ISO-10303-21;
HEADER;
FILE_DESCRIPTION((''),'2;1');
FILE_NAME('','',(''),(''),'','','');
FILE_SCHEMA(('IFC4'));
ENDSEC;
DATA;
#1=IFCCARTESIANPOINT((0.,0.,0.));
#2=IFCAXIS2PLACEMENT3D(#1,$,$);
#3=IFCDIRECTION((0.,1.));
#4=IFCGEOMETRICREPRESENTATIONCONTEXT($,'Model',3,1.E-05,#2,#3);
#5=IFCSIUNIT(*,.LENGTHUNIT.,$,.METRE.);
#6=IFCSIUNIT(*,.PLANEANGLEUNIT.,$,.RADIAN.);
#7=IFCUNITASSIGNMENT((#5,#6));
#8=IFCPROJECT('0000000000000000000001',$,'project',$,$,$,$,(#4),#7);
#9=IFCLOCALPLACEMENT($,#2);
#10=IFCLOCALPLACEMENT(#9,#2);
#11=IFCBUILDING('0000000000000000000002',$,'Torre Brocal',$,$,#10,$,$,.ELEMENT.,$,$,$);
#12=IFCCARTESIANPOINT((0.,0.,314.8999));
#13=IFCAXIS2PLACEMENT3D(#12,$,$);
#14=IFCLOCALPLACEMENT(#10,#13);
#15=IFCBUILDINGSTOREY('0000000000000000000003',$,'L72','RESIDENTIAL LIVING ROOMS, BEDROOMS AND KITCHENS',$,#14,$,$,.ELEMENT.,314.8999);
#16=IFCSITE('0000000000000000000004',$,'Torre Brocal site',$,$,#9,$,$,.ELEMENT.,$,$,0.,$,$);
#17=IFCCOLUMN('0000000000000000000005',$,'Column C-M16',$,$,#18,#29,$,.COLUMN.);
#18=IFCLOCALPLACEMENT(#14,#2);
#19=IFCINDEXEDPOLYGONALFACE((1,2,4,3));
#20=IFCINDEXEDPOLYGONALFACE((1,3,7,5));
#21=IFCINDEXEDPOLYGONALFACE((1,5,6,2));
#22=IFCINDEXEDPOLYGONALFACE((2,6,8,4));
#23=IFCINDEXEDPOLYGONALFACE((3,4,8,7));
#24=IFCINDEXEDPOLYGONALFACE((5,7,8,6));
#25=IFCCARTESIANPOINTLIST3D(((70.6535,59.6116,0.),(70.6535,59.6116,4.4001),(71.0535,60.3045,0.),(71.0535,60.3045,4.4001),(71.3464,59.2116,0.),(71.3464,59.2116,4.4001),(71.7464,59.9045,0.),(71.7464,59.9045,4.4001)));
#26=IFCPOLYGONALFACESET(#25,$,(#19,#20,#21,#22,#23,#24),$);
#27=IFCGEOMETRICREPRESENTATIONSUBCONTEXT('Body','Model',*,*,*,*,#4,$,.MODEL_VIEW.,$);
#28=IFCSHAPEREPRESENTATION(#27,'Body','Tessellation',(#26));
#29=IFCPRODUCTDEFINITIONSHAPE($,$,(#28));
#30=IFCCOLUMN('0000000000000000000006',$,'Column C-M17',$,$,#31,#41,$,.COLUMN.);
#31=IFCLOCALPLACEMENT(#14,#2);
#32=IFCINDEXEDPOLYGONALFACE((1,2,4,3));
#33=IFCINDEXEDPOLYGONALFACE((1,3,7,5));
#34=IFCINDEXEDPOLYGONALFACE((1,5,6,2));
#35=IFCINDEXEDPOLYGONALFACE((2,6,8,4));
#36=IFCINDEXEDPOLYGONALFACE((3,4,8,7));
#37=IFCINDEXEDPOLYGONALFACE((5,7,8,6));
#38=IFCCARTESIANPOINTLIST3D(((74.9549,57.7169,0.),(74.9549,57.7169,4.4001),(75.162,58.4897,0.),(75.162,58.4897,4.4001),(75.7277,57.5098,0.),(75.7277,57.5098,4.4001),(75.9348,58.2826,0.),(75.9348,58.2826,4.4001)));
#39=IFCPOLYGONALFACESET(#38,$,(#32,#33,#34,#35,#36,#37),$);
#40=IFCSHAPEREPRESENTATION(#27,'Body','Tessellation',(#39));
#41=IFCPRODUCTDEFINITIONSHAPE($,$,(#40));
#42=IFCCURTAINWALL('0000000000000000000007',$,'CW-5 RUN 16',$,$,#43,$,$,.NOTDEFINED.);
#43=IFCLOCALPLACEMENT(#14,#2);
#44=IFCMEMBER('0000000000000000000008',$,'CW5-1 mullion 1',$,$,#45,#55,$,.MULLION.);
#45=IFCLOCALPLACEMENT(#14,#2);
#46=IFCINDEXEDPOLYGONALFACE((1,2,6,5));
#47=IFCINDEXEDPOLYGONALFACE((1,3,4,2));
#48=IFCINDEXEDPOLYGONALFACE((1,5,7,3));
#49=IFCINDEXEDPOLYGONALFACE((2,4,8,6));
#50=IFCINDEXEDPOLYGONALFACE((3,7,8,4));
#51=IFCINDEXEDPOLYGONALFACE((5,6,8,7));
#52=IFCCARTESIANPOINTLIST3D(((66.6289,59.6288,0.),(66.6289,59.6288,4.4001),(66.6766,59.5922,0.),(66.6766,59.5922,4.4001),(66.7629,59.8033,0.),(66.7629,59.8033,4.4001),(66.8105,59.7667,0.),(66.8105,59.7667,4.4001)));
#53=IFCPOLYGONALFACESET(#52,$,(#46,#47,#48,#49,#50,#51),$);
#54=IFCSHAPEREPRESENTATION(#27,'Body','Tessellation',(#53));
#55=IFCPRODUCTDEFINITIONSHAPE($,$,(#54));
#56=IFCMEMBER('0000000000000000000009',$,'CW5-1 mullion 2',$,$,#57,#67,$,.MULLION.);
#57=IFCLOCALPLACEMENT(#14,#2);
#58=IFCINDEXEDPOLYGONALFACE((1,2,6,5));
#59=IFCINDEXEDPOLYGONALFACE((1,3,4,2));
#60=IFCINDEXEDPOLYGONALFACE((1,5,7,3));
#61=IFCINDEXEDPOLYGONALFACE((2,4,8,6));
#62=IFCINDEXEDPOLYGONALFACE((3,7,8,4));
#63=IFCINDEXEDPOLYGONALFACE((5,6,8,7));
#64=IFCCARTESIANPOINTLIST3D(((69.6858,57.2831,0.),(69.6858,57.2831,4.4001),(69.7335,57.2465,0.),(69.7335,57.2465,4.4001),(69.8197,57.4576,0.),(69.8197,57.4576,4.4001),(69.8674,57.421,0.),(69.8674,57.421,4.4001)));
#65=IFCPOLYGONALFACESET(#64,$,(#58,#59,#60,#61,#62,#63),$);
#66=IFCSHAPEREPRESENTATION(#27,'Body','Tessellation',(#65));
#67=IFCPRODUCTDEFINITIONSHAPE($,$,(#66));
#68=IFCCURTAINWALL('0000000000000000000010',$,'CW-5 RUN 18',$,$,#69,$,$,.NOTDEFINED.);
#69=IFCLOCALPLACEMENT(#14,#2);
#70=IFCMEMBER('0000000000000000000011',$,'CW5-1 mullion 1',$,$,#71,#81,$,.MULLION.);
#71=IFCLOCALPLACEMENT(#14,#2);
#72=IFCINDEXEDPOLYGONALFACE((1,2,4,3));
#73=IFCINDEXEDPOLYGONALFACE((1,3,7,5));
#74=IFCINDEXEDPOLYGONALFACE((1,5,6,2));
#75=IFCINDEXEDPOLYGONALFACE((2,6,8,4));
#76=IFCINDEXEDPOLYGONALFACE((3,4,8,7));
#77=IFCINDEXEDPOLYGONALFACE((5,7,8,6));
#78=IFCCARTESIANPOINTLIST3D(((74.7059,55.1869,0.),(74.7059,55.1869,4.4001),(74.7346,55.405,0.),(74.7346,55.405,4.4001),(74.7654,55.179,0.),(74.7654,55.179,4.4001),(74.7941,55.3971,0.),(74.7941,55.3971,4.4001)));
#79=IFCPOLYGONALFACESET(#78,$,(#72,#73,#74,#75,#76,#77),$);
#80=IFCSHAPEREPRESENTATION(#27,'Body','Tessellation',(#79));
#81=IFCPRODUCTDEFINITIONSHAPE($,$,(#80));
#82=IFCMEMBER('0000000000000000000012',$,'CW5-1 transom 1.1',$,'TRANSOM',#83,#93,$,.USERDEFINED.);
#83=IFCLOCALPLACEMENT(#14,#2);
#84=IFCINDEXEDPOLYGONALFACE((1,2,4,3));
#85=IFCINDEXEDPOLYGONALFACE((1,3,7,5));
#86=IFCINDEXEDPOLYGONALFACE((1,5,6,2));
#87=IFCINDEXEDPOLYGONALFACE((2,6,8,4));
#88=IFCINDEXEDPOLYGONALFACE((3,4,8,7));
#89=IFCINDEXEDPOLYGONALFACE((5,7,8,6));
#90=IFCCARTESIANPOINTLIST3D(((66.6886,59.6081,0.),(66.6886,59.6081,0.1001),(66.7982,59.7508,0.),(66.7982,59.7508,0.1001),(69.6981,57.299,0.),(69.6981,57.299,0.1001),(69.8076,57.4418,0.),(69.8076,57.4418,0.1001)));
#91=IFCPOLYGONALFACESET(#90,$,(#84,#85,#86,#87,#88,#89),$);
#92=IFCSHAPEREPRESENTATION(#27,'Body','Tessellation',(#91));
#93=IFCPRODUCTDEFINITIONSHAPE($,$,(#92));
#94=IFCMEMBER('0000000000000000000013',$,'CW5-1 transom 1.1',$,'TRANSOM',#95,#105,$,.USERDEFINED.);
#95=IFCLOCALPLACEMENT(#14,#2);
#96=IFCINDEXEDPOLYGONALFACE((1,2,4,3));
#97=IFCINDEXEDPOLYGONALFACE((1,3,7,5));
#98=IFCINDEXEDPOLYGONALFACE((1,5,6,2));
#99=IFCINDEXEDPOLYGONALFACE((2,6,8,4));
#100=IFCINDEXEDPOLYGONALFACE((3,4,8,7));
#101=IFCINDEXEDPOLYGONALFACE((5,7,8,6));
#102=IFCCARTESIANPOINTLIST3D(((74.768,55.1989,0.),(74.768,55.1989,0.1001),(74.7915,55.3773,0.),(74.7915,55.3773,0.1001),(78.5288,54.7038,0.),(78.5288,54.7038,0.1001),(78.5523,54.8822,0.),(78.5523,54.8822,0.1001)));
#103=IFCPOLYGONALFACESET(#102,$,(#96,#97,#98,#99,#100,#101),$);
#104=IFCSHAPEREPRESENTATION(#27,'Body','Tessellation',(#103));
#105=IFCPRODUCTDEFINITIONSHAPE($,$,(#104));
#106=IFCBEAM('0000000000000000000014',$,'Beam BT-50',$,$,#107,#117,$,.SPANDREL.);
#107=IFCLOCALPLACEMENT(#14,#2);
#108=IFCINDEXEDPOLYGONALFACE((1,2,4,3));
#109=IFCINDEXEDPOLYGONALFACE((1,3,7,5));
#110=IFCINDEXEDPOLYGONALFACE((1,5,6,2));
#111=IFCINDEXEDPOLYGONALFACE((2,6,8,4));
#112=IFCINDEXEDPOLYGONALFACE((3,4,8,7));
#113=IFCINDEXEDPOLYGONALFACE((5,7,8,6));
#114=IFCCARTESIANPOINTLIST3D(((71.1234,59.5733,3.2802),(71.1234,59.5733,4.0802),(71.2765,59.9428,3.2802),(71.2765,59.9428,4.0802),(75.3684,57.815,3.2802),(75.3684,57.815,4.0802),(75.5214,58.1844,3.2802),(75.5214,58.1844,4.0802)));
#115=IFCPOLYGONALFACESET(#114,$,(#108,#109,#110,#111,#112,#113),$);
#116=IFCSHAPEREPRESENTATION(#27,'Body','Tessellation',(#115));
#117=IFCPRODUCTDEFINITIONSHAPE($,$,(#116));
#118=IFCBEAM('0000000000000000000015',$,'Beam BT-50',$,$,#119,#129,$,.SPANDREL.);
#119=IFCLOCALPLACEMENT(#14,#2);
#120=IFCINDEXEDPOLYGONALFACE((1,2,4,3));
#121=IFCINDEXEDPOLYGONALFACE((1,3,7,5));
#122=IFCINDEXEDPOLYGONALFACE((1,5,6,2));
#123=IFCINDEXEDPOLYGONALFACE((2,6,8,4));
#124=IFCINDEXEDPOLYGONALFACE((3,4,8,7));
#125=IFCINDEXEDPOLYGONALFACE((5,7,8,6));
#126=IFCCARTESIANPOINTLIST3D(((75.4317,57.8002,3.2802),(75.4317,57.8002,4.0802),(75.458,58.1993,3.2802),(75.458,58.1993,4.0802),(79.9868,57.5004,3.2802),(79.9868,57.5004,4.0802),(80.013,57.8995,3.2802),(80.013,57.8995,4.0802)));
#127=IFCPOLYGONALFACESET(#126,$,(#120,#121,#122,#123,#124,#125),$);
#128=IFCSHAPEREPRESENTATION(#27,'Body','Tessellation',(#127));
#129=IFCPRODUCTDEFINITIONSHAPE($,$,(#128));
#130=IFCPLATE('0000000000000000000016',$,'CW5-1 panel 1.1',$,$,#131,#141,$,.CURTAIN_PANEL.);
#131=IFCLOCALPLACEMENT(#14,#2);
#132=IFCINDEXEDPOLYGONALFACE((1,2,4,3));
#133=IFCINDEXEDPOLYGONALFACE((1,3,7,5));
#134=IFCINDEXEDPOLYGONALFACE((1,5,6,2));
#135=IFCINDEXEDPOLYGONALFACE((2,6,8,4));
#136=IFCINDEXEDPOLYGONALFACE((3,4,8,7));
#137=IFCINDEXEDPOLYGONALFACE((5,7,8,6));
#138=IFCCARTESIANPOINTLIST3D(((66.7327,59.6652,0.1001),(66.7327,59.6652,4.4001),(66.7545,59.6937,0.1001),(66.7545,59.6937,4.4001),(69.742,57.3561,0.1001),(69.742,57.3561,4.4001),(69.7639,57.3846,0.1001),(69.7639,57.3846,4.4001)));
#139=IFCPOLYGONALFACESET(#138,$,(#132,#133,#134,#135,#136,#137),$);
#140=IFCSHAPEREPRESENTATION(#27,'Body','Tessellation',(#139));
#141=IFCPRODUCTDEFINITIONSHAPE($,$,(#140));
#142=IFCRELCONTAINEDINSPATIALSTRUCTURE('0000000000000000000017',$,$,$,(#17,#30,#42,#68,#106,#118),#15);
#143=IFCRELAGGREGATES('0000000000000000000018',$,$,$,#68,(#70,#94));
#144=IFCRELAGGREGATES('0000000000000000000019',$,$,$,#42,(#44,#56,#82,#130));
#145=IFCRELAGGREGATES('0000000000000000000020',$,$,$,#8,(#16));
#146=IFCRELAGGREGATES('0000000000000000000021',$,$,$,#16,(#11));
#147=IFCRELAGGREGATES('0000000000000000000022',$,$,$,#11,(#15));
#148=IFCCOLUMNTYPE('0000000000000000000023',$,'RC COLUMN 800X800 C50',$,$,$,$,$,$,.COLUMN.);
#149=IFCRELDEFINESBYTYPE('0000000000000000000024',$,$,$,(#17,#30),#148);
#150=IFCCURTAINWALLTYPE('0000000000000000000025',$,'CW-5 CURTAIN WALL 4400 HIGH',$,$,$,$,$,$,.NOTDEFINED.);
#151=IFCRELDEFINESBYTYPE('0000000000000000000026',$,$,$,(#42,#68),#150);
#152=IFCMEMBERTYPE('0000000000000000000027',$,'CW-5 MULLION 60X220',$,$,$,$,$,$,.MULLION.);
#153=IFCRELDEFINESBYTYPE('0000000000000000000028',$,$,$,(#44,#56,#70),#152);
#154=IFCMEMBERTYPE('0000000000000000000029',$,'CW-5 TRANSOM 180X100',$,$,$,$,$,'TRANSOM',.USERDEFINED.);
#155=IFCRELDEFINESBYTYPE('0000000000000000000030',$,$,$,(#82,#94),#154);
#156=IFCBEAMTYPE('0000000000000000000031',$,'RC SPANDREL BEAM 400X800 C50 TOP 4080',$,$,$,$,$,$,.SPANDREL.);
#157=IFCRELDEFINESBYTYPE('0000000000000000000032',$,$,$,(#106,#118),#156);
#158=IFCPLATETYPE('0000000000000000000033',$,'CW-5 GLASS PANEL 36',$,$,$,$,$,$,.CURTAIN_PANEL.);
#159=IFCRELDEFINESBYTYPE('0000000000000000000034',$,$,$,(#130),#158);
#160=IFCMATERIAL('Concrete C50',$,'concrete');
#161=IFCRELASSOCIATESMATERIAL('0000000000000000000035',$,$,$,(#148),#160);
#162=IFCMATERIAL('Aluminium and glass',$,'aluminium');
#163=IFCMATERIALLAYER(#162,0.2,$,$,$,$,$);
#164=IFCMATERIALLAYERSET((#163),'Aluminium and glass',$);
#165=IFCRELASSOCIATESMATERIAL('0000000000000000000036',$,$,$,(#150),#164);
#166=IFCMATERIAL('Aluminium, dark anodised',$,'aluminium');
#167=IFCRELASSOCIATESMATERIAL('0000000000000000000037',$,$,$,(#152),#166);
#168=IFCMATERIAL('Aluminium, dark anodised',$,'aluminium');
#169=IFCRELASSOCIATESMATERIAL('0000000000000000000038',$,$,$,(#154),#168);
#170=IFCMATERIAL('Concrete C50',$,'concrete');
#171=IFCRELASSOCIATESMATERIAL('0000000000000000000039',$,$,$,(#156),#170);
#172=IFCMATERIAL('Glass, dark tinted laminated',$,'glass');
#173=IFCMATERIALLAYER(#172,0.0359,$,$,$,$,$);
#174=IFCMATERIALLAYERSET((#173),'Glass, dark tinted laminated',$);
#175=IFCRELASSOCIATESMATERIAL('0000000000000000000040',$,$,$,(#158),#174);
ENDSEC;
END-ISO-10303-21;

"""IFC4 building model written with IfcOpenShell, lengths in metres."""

from ifc_helpers import new_model, si_unit, direction, frame, origin, origin_2d, place, context, subcontext, project, spatial, rectangle, extrude, material, layer, layer_set, material_profile, profile_set, type_object, element, aggregate, save


model = new_model("IFC4")

# Units and contexts
model_context = context("Model", 3, precision=1e-05, world=origin(), true_north=direction((0.0, 1.0)))
body_context = subcontext(model_context, "Body", "Model", "MODEL_VIEW")
ifc_project = project(units=[si_unit("LENGTHUNIT", "METRE"), si_unit("PLANEANGLEUNIT", "RADIAN")], contexts=[model_context])

# Site, building, storey
site_placement = place(None, origin())
site = spatial("IfcSite", under=ifc_project, at=site_placement, Name="Torre Brocal site", CompositionType="ELEMENT", RefElevation=0.0)
building_placement = place(site_placement, origin())
building = spatial("IfcBuilding", under=site, at=building_placement, Name="Torre Brocal", CompositionType="ELEMENT")
storey_placement = place(building_placement, frame((0.0, 0.0, 314.8999)))
storey = spatial("IfcBuildingStorey", under=building, at=storey_placement, Name="L72", Description="RESIDENTIAL LIVING ROOMS, BEDROOMS AND KITCHENS", CompositionType="ELEMENT", Elevation=314.8999)

# Columns
ifc_material_1 = material(Name="Concrete C50", Category="concrete")
ifc_material_profile_1 = material_profile(ifc_material_1, rectangle(XDim=0.8, YDim=0.8, at=origin_2d()), Name="RC 800X800")
ifc_profile_set_1 = profile_set([ifc_material_profile_1], Name="Concrete C50")
column_type = type_object("IfcColumnType", Name="RC COLUMN 800X800 C50", PredefinedType="COLUMN", material=ifc_profile_set_1)
for number, where, z_axis, x_axis, name in (
    (1, (71.2, 59.7581, 0.0), (0.0, 0.0, 1.0), (-0.5, -0.866025, 0.0), "Column C-M16"),
    (2, (75.4448, 57.9998, 0.0), (0.0, 0.0, 1.0), (-0.258819, -0.965926, 0.0), "Column C-M17"),
):
    element("IfcColumn", number, at=place(storey_placement, frame(where, z_axis=z_axis, x_axis=x_axis)), inside=storey, type_object=column_type, Name=name, PredefinedType="COLUMN", context=body_context, shape_type="SweptSolid", body=[
        extrude(rectangle(XDim=0.8, YDim=0.8, at=origin_2d()), origin(), (0.0, 0.0, 1.0), 4.4001),
    ])

# Curtain wall, members
ifc_material_2 = material(Name="Aluminium and glass", Category="aluminium")
ifc_layer_1 = layer(ifc_material_2, 0.2)
ifc_layer_set_1 = layer_set([ifc_layer_1], Name="Aluminium and glass")
curtain_wall_type = type_object("IfcCurtainWallType", Name="CW-5 CURTAIN WALL 4400 HIGH", PredefinedType="NOTDEFINED", material=ifc_layer_set_1)
curtain_wall_1_placement = place(storey_placement, origin())
curtain_wall_1 = element("IfcCurtainWall", 3, at=curtain_wall_1_placement, inside=storey, type_object=curtain_wall_type, Name="CW-5 RUN 16", PredefinedType="NOTDEFINED")
ifc_material_3 = material(Name="Aluminium, dark anodised", Category="aluminium")
ifc_material_profile_2 = material_profile(ifc_material_3, rectangle(XDim=0.22, YDim=0.0601, at=origin_2d()), Name="CW-5 MULLION 60X220")
ifc_profile_set_2 = profile_set([ifc_material_profile_2], Name="Aluminium, dark anodised")
member_type_1 = type_object("IfcMemberType", Name="CW-5 MULLION 60X220", PredefinedType="MULLION", material=ifc_profile_set_2)
member_1_placement = place(storey_placement, frame((66.7197, 59.6978, 0.0), z_axis=(0.0, 0.0, 1.0), x_axis=(0.608761, 0.793353, 0.0)))
member_1 = element("IfcMember", 4, at=member_1_placement, type_object=member_type_1, Name="CW5-1 mullion 1", PredefinedType="MULLION", context=body_context, shape_type="SweptSolid", body=[
    extrude(rectangle(XDim=0.22, YDim=0.0601, at=origin_2d()), origin(), (0.0, 0.0, 1.0), 4.4001),
])
member_2_placement = place(storey_placement, frame((69.7766, 57.3521, 0.0), z_axis=(0.0, 0.0, 1.0), x_axis=(0.608761, 0.793353, 0.0)))
member_2 = element("IfcMember", 5, at=member_2_placement, type_object=member_type_1, Name="CW5-1 mullion 2", PredefinedType="MULLION", context=body_context, shape_type="SweptSolid", body=[
    extrude(rectangle(XDim=0.22, YDim=0.0601, at=origin_2d()), origin(), (0.0, 0.0, 1.0), 4.4001),
])

# Curtain wall, member
curtain_wall_2_placement = place(storey_placement, origin())
curtain_wall_2 = element("IfcCurtainWall", 6, at=curtain_wall_2_placement, inside=storey, type_object=curtain_wall_type, Name="CW-5 RUN 18", PredefinedType="NOTDEFINED")
member_3_placement = place(storey_placement, frame((74.75, 55.292, 0.0), z_axis=(0.0, 0.0, 1.0), x_axis=(0.130526, 0.991445, 0.0)))
member_3 = element("IfcMember", 7, at=member_3_placement, type_object=member_type_1, Name="CW5-1 mullion 1", PredefinedType="MULLION", context=body_context, shape_type="SweptSolid", body=[
    extrude(rectangle(XDim=0.22, YDim=0.0601, at=origin_2d()), origin(), (0.0, 0.0, 1.0), 4.4001),
])

# Members
ifc_material_4 = material(Name="Aluminium, dark anodised", Category="aluminium")
ifc_material_profile_3 = material_profile(ifc_material_4, rectangle(XDim=0.1799, YDim=0.1001, at=origin_2d()), Name="CW-5 TRANSOM 180X100")
ifc_profile_set_3 = profile_set([ifc_material_profile_3], Name="Aluminium, dark anodised")
member_type_2 = type_object("IfcMemberType", Name="CW-5 TRANSOM 180X100", ElementType="TRANSOM", PredefinedType="USERDEFINED", material=ifc_profile_set_3)
member_4_placement = place(storey_placement, frame((66.7434, 59.6794, 0.05), z_axis=(0.793379, -0.608727, 0.0), x_axis=(0.608727, 0.793379, 0.0)))
member_4 = element("IfcMember", 8, at=member_4_placement, type_object=member_type_2, Name="CW5-1 transom 1.1", ObjectType="TRANSOM", PredefinedType="USERDEFINED", context=body_context, shape_type="SweptSolid", body=[
    extrude(rectangle(XDim=0.1799, YDim=0.1001, at=origin_2d()), origin(), (0.0, 0.0, 1.0), 3.7932),
])
member_5_placement = place(storey_placement, frame((74.7798, 55.2881, 0.05), z_axis=(0.991445, -0.130528, 0.0), x_axis=(0.130528, 0.991445, 0.0)))
member_5 = element("IfcMember", 9, at=member_5_placement, type_object=member_type_2, Name="CW5-1 transom 1.1", ObjectType="TRANSOM", PredefinedType="USERDEFINED", context=body_context, shape_type="SweptSolid", body=[
    extrude(rectangle(XDim=0.1799, YDim=0.1001, at=origin_2d()), origin(), (0.0, 0.0, 1.0), 3.7932),
])
aggregate(curtain_wall_2, [member_3, member_5])

# Beams
ifc_material_5 = material(Name="Concrete C50", Category="concrete")
ifc_material_profile_4 = material_profile(ifc_material_5, rectangle(XDim=0.3999, YDim=0.8, at=origin_2d()), Name="RC 400X800")
ifc_profile_set_4 = profile_set([ifc_material_profile_4], Name="Concrete C50")
beam_type = type_object("IfcBeamType", Name="RC SPANDREL BEAM 400X800 C50 TOP 4080", PredefinedType="SPANDREL", material=ifc_profile_set_4)
beam_1_placement = place(storey_placement, frame((71.2, 59.7581, 3.6802), z_axis=(0.923878, -0.382687, 0.0), x_axis=(0.382687, 0.923878, 0.0)))
element("IfcBeam", 10, at=beam_1_placement, inside=storey, type_object=beam_type, Name="Beam BT-50", PredefinedType="SPANDREL", context=body_context, shape_type="SweptSolid", body=[
    extrude(rectangle(XDim=0.3999, YDim=0.8, at=origin_2d()), origin(), (0.0, 0.0, 1.0), 4.5947),
])
beam_2_placement = place(storey_placement, frame((75.4448, 57.9998, 3.6802), z_axis=(0.997841, -0.065674, 0.0), x_axis=(0.065674, 0.997841, 0.0)))
element("IfcBeam", 11, at=beam_2_placement, inside=storey, type_object=beam_type, Name="Beam BT-50", PredefinedType="SPANDREL", context=body_context, shape_type="SweptSolid", body=[
    extrude(rectangle(XDim=0.3999, YDim=0.8, at=origin_2d()), origin(), (0.0, 0.0, 1.0), 4.5649),
])

# Plate
ifc_material_6 = material(Name="Glass, dark tinted laminated", Category="glass")
ifc_layer_2 = layer(ifc_material_6, 0.0359)
ifc_layer_set_2 = layer_set([ifc_layer_2], Name="Glass, dark tinted laminated")
plate_type = type_object("IfcPlateType", Name="CW-5 GLASS PANEL 36", PredefinedType="CURTAIN_PANEL", material=ifc_layer_set_2)
plate_placement = place(storey_placement, frame((68.2483, 58.5249, 0.1001), z_axis=(0.0, 0.0, 1.0), x_axis=(0.793353, -0.608761, 0.0)))
plate = element("IfcPlate", 12, at=plate_placement, type_object=plate_type, Name="CW5-1 panel 1.1", PredefinedType="CURTAIN_PANEL", context=body_context, shape_type="SweptSolid", body=[
    extrude(rectangle(XDim=3.7932, YDim=0.0359, at=origin_2d()), origin(), (0.0, 0.0, 1.0), 4.3),
])
aggregate(curtain_wall_1, [member_1, member_2, member_4, plate])

save(model, "model.ifc")
